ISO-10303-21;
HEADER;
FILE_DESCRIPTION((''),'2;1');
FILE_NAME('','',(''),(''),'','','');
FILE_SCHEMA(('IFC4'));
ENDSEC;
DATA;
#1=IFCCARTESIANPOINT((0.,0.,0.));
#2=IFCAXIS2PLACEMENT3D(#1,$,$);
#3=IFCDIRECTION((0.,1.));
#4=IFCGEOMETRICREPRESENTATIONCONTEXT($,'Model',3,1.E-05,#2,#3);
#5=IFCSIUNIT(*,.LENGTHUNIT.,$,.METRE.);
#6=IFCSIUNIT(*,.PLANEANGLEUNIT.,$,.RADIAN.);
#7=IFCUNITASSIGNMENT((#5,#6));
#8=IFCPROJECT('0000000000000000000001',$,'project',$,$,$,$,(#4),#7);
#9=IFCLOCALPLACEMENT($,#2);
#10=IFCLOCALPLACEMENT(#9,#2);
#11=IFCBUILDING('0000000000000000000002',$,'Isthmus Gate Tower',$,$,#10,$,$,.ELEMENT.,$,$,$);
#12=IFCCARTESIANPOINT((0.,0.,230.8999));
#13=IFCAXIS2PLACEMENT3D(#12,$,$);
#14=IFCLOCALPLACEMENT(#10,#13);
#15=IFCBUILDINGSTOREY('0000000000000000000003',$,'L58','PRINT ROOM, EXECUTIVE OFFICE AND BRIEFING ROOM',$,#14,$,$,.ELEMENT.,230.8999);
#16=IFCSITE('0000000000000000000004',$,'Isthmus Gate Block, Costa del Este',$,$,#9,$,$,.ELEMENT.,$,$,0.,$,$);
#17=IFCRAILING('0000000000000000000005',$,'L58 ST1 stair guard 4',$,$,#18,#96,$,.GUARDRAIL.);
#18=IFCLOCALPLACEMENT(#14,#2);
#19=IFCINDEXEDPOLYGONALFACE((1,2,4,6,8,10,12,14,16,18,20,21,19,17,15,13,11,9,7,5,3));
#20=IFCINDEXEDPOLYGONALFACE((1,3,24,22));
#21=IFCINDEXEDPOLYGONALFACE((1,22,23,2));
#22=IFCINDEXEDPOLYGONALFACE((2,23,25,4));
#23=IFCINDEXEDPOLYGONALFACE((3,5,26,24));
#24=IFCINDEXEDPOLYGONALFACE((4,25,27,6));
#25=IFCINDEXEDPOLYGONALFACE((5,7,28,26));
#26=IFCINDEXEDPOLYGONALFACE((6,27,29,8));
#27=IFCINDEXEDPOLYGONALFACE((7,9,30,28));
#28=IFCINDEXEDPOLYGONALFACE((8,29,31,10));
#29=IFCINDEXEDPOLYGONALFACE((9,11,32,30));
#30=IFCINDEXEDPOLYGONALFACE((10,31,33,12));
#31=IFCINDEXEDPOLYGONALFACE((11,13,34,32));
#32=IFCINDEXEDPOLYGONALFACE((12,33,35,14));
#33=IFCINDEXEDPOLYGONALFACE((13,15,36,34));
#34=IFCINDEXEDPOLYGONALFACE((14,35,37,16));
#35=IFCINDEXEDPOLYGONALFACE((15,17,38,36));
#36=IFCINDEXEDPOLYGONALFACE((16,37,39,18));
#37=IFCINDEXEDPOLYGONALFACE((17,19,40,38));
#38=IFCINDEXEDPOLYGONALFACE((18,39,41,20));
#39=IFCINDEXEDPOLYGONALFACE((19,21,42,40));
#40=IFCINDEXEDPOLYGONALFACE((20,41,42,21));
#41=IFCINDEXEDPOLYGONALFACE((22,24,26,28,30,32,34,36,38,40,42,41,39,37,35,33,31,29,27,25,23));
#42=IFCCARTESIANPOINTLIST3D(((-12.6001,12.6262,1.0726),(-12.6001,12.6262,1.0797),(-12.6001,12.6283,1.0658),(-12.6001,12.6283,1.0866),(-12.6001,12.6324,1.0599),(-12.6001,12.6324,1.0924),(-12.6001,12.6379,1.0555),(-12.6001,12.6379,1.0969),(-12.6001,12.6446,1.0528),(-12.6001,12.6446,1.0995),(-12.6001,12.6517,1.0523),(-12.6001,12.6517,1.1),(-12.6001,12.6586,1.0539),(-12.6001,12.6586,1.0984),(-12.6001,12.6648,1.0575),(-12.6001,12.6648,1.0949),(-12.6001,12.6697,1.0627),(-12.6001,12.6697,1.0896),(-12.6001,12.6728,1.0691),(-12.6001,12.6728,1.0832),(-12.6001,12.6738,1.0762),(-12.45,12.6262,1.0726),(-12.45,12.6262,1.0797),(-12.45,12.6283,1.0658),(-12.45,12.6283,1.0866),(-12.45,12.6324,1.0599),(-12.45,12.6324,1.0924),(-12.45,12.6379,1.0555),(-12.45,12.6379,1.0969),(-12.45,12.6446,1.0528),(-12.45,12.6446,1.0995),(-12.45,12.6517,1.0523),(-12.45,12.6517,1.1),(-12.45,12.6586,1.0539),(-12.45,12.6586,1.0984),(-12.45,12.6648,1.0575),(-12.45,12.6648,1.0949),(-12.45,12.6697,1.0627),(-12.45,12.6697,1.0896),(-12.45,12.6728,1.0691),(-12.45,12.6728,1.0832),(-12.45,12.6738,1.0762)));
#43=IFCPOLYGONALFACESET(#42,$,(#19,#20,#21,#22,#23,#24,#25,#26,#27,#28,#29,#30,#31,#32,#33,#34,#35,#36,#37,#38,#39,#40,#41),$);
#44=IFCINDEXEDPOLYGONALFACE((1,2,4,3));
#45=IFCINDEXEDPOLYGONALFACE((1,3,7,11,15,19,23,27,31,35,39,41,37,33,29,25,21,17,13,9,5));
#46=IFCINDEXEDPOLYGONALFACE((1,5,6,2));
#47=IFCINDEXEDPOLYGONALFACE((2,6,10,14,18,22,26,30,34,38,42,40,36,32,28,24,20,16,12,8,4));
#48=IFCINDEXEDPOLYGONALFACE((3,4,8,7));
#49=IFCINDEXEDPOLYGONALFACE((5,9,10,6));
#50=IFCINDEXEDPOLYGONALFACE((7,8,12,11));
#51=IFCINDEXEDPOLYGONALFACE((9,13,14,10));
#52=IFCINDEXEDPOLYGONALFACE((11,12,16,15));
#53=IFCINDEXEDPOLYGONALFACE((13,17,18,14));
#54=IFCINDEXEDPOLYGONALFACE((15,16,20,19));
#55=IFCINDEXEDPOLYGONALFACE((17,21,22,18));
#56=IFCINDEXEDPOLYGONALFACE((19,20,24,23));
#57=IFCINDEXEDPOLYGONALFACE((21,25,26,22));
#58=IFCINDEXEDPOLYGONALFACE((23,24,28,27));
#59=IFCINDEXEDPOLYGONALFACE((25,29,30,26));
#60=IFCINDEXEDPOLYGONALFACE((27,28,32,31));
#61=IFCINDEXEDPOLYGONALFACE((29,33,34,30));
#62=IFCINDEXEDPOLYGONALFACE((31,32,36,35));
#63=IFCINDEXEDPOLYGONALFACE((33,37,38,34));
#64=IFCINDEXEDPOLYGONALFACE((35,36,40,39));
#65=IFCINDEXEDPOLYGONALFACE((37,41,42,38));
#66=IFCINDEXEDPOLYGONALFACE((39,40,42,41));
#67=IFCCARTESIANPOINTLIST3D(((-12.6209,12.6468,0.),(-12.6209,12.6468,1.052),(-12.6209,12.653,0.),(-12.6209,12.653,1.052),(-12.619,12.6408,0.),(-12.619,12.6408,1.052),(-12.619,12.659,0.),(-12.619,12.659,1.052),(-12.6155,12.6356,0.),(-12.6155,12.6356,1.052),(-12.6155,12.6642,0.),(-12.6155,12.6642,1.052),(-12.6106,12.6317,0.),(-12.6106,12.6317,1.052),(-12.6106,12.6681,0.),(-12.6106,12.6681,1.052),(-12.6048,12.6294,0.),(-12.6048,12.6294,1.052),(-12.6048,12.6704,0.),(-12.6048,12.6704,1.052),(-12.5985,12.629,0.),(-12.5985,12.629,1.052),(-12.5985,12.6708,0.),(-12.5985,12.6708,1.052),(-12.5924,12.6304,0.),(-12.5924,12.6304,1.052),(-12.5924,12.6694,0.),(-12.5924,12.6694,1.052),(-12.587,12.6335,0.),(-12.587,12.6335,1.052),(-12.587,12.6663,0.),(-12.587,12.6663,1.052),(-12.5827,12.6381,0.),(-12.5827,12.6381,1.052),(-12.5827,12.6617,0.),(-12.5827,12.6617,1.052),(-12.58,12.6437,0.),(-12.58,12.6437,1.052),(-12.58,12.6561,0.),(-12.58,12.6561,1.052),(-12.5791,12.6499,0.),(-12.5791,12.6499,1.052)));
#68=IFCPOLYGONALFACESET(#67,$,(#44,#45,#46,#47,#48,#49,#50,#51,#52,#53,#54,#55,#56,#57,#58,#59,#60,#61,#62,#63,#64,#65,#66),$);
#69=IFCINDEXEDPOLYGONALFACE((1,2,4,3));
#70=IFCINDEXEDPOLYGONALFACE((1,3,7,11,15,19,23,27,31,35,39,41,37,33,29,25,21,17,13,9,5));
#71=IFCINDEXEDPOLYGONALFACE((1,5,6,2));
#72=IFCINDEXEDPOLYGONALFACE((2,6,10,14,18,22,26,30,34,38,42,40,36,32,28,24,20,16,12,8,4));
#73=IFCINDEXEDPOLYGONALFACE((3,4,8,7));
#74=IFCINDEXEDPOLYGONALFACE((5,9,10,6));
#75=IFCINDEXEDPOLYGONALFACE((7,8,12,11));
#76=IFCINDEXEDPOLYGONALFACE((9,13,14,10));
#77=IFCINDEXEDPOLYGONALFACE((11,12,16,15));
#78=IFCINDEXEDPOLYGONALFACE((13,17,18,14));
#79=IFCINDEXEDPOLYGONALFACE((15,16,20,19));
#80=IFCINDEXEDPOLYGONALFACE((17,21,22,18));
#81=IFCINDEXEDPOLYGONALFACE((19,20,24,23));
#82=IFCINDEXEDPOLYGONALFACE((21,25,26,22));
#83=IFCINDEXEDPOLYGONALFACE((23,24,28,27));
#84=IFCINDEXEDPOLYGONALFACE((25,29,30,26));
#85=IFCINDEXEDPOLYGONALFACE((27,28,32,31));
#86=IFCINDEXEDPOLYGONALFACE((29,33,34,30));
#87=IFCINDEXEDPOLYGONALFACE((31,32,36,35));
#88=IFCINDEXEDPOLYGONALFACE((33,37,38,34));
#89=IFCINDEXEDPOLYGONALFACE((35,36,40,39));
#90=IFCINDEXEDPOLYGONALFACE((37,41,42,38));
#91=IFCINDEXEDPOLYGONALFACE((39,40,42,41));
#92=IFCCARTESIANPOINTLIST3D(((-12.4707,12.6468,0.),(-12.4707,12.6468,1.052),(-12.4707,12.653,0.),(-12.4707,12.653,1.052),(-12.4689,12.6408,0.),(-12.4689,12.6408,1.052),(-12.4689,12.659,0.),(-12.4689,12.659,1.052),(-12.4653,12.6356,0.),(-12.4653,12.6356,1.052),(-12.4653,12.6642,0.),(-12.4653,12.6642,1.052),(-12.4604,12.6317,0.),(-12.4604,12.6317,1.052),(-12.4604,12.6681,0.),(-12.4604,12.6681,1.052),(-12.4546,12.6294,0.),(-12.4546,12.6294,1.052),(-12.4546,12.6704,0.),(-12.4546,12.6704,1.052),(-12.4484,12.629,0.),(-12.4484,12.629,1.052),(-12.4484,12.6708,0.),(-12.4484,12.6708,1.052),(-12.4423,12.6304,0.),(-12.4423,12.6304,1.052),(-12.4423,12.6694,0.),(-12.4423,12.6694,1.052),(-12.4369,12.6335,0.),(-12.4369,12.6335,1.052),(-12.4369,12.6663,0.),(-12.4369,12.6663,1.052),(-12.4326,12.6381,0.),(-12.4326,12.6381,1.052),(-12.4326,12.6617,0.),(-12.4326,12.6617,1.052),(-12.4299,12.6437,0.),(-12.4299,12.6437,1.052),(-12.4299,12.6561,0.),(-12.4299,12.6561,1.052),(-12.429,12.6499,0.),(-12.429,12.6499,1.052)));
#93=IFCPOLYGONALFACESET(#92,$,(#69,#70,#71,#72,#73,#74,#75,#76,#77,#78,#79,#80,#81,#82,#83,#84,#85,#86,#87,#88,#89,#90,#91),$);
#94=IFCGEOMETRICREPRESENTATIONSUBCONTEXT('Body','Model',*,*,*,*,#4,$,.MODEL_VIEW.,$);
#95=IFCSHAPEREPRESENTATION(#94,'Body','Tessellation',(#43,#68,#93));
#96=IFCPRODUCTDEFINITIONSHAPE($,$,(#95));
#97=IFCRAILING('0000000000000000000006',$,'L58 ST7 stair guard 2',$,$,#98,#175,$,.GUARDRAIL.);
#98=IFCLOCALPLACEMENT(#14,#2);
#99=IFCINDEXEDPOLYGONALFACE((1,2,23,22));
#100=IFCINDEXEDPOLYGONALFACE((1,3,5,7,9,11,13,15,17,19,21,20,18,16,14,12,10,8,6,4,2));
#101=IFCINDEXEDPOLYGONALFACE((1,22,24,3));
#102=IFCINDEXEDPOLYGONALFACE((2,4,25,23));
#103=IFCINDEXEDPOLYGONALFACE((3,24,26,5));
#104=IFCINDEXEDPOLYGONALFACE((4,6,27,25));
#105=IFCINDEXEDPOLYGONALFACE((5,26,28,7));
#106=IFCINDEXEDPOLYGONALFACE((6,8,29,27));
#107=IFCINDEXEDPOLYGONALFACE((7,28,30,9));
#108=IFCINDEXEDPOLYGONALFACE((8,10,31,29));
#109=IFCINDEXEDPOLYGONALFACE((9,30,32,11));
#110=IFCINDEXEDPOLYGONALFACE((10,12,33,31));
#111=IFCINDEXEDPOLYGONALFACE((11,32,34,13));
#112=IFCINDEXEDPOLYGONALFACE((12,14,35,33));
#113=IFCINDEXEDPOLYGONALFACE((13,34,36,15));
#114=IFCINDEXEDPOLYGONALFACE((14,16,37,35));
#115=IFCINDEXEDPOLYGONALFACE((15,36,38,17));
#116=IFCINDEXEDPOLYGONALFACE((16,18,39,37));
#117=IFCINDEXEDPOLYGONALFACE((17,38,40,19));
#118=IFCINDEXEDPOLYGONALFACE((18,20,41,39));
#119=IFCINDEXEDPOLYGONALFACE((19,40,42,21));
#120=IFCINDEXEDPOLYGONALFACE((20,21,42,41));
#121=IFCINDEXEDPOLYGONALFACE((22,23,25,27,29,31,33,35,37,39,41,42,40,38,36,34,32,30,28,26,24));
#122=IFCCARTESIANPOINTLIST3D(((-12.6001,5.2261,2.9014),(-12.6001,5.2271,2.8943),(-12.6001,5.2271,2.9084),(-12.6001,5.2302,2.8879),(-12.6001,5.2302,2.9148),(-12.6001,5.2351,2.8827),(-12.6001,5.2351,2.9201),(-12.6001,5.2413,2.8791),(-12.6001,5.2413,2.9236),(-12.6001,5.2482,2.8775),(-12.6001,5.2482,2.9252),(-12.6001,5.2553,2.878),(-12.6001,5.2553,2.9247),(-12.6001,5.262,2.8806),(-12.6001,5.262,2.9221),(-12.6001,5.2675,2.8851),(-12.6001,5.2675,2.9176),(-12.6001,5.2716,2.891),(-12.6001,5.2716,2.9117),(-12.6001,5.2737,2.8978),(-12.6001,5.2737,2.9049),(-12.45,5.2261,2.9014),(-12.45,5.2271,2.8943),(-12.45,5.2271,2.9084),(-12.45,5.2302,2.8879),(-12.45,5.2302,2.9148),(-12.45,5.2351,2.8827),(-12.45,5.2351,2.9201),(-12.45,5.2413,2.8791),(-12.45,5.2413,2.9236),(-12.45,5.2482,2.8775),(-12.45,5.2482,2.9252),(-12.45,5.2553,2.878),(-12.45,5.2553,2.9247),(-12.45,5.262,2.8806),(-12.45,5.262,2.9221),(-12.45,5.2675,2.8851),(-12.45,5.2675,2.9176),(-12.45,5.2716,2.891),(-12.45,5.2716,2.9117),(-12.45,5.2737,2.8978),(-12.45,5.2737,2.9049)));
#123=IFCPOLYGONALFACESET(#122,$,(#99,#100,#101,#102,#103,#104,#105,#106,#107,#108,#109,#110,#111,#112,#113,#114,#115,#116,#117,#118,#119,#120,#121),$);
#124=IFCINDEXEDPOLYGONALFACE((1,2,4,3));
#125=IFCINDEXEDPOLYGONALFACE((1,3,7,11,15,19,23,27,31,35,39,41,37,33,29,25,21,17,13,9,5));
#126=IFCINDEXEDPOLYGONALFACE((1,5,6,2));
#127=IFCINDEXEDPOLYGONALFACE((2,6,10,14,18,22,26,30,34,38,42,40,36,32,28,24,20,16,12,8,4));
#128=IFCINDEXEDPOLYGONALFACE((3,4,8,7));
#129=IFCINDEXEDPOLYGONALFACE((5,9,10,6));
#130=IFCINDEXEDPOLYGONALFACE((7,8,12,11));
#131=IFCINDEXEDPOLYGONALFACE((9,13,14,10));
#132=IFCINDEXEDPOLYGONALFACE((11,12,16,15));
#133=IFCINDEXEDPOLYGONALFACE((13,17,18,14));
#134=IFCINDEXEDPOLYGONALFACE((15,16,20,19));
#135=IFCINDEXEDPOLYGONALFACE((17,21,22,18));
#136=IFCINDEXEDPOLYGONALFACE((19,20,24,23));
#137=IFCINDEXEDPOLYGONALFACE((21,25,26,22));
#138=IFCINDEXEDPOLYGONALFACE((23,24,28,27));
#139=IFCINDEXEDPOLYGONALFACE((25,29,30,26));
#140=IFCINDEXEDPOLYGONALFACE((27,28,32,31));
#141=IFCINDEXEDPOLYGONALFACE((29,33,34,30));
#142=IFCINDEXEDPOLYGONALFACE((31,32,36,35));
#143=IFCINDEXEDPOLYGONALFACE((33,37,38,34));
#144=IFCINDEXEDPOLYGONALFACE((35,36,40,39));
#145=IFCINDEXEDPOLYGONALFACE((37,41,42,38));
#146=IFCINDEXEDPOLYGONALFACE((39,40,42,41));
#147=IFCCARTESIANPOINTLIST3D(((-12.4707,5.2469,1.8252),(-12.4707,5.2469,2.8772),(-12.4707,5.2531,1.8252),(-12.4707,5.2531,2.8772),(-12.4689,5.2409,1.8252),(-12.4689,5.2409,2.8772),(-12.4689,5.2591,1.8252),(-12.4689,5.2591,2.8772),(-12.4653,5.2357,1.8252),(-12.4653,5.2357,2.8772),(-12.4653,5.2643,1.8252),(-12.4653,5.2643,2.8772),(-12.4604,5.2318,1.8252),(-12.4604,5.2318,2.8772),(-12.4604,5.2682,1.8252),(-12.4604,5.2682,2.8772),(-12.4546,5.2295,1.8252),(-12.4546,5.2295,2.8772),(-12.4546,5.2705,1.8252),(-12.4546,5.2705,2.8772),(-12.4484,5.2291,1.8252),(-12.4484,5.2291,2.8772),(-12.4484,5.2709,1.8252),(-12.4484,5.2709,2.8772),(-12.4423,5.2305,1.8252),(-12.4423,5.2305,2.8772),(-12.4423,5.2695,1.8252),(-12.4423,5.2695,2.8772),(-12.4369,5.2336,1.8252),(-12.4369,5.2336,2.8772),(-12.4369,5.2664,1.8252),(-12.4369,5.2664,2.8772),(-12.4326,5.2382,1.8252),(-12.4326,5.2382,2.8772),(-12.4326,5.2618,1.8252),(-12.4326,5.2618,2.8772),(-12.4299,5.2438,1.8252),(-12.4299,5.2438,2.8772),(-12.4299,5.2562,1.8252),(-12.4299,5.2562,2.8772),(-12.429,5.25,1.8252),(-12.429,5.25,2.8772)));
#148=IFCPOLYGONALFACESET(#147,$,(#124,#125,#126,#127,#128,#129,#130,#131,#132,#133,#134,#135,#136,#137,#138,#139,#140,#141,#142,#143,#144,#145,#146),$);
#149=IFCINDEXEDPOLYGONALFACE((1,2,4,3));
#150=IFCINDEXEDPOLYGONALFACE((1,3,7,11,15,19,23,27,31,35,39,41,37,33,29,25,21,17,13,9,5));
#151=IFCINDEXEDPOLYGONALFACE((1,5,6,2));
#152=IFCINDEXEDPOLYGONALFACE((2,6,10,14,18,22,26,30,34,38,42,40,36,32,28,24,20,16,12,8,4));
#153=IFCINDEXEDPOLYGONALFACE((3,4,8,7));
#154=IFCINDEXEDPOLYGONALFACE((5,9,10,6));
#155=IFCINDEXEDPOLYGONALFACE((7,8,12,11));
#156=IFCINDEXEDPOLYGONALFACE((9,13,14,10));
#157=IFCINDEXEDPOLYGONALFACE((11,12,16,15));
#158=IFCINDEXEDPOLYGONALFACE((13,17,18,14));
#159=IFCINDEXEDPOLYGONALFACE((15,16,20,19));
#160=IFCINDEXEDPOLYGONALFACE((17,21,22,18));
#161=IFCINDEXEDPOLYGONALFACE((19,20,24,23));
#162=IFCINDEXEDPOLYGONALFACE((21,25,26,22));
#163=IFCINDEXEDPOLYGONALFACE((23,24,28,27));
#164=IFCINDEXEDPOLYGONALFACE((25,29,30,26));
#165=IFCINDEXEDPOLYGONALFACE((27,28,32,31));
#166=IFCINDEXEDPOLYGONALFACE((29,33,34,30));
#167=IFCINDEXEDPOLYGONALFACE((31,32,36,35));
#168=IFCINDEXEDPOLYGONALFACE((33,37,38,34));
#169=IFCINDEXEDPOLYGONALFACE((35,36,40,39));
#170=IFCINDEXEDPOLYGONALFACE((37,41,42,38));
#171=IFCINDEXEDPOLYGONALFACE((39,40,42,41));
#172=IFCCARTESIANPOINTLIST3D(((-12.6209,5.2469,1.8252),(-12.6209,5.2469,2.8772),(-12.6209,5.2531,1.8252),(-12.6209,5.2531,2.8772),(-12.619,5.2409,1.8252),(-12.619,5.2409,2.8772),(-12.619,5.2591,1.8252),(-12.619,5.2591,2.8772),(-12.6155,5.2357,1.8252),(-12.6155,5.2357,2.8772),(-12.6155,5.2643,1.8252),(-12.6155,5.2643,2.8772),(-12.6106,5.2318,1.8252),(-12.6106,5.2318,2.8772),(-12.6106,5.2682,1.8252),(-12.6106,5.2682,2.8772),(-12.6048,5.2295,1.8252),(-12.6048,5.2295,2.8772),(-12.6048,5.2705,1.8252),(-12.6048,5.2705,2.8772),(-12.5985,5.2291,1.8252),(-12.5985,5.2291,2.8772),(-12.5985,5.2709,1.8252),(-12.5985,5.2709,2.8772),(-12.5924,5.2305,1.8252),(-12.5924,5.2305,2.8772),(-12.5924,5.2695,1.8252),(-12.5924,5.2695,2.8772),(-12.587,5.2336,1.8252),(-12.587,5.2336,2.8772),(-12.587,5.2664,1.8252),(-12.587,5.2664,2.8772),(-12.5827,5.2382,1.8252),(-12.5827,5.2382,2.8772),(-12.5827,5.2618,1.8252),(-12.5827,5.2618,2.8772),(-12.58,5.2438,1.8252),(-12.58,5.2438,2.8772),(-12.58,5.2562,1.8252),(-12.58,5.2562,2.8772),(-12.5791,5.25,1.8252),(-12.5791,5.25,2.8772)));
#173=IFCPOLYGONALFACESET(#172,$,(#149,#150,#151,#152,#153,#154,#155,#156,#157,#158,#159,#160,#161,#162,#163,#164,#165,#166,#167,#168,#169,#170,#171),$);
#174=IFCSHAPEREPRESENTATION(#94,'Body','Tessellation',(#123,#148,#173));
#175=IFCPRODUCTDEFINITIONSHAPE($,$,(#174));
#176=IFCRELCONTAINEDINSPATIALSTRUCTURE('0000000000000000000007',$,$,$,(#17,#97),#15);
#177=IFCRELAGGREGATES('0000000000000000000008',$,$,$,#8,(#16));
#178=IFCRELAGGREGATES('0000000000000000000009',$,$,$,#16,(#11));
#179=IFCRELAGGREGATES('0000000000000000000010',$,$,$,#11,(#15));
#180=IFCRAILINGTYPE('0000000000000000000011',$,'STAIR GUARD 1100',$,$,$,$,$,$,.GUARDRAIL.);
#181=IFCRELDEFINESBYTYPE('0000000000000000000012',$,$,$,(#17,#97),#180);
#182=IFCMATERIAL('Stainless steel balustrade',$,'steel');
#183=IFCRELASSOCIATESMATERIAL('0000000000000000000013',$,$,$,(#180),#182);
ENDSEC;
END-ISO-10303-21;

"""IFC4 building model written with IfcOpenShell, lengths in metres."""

from ifc_helpers import new_model, si_unit, direction, frame, origin, origin_2d, place, context, subcontext, project, spatial, circle, extrude, material, type_object, element, save


model = new_model("IFC4")

# Units and contexts
model_context = context("Model", 3, precision=1e-05, world=origin(), true_north=direction((0.0, 1.0)))
body_context = subcontext(model_context, "Body", "Model", "MODEL_VIEW")
ifc_project = project(units=[si_unit("LENGTHUNIT", "METRE"), si_unit("PLANEANGLEUNIT", "RADIAN")], contexts=[model_context])

# Site, building, storey
site_placement = place(None, origin())
site = spatial("IfcSite", under=ifc_project, at=site_placement, Name="Isthmus Gate Block, Costa del Este", CompositionType="ELEMENT", RefElevation=0.0)
building_placement = place(site_placement, origin())
building = spatial("IfcBuilding", under=site, at=building_placement, Name="Isthmus Gate Tower", CompositionType="ELEMENT")
storey_placement = place(building_placement, frame((0.0, 0.0, 230.8999)))
storey = spatial("IfcBuildingStorey", under=building, at=storey_placement, Name="L58", Description="PRINT ROOM, EXECUTIVE OFFICE AND BRIEFING ROOM", CompositionType="ELEMENT", Elevation=230.8999)

# Railings
ifc_material_1 = material(Name="Stainless steel balustrade", Category="steel")
railing_type_1 = type_object("IfcRailingType", Name="STAIR GUARD 1100", PredefinedType="GUARDRAIL", material=ifc_material_1)
railing_1_placement = place(storey_placement, frame((-12.6001, 12.6499, 0.0)))
element("IfcRailing", 1, at=railing_1_placement, inside=storey, type_object=railing_type_1, Name="L58 ST1 stair guard 4", PredefinedType="GUARDRAIL", context=body_context, shape_type="SweptSolid", body=[
    extrude(circle(Radius=0.0239, at=origin_2d()), frame((0.0, 0.0, 1.0762), z_axis=(1.0, 0.0, 0.0), x_axis=(0.0, 1.0, 0.0)), (0.0, 0.0, 1.0), 0.1501),
    extrude(circle(Radius=0.021, at=origin_2d()), origin(), (0.0, 0.0, 1.0), 1.052),
    extrude(circle(Radius=0.021, at=origin_2d()), frame((0.1501, 0.0, 0.0)), (0.0, 0.0, 1.0), 1.052),
])
railing_2_placement = place(storey_placement, frame((-12.45, 5.25, 1.8252)))
element("IfcRailing", 2, at=railing_2_placement, inside=storey, type_object=railing_type_1, Name="L58 ST7 stair guard 2", PredefinedType="GUARDRAIL", context=body_context, shape_type="SweptSolid", body=[
    extrude(circle(Radius=0.0239, at=origin_2d()), frame((0.0, 0.0, 1.0762), z_axis=(-1.0, 0.0, 0.0), x_axis=(0.0, -1.0, 0.0)), (0.0, 0.0, 1.0), 0.1501),
    extrude(circle(Radius=0.021, at=origin_2d()), origin(), (0.0, 0.0, 1.0), 1.052),
    extrude(circle(Radius=0.021, at=origin_2d()), frame((-0.1501, 0.0, 0.0)), (0.0, 0.0, 1.0), 1.052),
])

save(model, "model.ifc")
